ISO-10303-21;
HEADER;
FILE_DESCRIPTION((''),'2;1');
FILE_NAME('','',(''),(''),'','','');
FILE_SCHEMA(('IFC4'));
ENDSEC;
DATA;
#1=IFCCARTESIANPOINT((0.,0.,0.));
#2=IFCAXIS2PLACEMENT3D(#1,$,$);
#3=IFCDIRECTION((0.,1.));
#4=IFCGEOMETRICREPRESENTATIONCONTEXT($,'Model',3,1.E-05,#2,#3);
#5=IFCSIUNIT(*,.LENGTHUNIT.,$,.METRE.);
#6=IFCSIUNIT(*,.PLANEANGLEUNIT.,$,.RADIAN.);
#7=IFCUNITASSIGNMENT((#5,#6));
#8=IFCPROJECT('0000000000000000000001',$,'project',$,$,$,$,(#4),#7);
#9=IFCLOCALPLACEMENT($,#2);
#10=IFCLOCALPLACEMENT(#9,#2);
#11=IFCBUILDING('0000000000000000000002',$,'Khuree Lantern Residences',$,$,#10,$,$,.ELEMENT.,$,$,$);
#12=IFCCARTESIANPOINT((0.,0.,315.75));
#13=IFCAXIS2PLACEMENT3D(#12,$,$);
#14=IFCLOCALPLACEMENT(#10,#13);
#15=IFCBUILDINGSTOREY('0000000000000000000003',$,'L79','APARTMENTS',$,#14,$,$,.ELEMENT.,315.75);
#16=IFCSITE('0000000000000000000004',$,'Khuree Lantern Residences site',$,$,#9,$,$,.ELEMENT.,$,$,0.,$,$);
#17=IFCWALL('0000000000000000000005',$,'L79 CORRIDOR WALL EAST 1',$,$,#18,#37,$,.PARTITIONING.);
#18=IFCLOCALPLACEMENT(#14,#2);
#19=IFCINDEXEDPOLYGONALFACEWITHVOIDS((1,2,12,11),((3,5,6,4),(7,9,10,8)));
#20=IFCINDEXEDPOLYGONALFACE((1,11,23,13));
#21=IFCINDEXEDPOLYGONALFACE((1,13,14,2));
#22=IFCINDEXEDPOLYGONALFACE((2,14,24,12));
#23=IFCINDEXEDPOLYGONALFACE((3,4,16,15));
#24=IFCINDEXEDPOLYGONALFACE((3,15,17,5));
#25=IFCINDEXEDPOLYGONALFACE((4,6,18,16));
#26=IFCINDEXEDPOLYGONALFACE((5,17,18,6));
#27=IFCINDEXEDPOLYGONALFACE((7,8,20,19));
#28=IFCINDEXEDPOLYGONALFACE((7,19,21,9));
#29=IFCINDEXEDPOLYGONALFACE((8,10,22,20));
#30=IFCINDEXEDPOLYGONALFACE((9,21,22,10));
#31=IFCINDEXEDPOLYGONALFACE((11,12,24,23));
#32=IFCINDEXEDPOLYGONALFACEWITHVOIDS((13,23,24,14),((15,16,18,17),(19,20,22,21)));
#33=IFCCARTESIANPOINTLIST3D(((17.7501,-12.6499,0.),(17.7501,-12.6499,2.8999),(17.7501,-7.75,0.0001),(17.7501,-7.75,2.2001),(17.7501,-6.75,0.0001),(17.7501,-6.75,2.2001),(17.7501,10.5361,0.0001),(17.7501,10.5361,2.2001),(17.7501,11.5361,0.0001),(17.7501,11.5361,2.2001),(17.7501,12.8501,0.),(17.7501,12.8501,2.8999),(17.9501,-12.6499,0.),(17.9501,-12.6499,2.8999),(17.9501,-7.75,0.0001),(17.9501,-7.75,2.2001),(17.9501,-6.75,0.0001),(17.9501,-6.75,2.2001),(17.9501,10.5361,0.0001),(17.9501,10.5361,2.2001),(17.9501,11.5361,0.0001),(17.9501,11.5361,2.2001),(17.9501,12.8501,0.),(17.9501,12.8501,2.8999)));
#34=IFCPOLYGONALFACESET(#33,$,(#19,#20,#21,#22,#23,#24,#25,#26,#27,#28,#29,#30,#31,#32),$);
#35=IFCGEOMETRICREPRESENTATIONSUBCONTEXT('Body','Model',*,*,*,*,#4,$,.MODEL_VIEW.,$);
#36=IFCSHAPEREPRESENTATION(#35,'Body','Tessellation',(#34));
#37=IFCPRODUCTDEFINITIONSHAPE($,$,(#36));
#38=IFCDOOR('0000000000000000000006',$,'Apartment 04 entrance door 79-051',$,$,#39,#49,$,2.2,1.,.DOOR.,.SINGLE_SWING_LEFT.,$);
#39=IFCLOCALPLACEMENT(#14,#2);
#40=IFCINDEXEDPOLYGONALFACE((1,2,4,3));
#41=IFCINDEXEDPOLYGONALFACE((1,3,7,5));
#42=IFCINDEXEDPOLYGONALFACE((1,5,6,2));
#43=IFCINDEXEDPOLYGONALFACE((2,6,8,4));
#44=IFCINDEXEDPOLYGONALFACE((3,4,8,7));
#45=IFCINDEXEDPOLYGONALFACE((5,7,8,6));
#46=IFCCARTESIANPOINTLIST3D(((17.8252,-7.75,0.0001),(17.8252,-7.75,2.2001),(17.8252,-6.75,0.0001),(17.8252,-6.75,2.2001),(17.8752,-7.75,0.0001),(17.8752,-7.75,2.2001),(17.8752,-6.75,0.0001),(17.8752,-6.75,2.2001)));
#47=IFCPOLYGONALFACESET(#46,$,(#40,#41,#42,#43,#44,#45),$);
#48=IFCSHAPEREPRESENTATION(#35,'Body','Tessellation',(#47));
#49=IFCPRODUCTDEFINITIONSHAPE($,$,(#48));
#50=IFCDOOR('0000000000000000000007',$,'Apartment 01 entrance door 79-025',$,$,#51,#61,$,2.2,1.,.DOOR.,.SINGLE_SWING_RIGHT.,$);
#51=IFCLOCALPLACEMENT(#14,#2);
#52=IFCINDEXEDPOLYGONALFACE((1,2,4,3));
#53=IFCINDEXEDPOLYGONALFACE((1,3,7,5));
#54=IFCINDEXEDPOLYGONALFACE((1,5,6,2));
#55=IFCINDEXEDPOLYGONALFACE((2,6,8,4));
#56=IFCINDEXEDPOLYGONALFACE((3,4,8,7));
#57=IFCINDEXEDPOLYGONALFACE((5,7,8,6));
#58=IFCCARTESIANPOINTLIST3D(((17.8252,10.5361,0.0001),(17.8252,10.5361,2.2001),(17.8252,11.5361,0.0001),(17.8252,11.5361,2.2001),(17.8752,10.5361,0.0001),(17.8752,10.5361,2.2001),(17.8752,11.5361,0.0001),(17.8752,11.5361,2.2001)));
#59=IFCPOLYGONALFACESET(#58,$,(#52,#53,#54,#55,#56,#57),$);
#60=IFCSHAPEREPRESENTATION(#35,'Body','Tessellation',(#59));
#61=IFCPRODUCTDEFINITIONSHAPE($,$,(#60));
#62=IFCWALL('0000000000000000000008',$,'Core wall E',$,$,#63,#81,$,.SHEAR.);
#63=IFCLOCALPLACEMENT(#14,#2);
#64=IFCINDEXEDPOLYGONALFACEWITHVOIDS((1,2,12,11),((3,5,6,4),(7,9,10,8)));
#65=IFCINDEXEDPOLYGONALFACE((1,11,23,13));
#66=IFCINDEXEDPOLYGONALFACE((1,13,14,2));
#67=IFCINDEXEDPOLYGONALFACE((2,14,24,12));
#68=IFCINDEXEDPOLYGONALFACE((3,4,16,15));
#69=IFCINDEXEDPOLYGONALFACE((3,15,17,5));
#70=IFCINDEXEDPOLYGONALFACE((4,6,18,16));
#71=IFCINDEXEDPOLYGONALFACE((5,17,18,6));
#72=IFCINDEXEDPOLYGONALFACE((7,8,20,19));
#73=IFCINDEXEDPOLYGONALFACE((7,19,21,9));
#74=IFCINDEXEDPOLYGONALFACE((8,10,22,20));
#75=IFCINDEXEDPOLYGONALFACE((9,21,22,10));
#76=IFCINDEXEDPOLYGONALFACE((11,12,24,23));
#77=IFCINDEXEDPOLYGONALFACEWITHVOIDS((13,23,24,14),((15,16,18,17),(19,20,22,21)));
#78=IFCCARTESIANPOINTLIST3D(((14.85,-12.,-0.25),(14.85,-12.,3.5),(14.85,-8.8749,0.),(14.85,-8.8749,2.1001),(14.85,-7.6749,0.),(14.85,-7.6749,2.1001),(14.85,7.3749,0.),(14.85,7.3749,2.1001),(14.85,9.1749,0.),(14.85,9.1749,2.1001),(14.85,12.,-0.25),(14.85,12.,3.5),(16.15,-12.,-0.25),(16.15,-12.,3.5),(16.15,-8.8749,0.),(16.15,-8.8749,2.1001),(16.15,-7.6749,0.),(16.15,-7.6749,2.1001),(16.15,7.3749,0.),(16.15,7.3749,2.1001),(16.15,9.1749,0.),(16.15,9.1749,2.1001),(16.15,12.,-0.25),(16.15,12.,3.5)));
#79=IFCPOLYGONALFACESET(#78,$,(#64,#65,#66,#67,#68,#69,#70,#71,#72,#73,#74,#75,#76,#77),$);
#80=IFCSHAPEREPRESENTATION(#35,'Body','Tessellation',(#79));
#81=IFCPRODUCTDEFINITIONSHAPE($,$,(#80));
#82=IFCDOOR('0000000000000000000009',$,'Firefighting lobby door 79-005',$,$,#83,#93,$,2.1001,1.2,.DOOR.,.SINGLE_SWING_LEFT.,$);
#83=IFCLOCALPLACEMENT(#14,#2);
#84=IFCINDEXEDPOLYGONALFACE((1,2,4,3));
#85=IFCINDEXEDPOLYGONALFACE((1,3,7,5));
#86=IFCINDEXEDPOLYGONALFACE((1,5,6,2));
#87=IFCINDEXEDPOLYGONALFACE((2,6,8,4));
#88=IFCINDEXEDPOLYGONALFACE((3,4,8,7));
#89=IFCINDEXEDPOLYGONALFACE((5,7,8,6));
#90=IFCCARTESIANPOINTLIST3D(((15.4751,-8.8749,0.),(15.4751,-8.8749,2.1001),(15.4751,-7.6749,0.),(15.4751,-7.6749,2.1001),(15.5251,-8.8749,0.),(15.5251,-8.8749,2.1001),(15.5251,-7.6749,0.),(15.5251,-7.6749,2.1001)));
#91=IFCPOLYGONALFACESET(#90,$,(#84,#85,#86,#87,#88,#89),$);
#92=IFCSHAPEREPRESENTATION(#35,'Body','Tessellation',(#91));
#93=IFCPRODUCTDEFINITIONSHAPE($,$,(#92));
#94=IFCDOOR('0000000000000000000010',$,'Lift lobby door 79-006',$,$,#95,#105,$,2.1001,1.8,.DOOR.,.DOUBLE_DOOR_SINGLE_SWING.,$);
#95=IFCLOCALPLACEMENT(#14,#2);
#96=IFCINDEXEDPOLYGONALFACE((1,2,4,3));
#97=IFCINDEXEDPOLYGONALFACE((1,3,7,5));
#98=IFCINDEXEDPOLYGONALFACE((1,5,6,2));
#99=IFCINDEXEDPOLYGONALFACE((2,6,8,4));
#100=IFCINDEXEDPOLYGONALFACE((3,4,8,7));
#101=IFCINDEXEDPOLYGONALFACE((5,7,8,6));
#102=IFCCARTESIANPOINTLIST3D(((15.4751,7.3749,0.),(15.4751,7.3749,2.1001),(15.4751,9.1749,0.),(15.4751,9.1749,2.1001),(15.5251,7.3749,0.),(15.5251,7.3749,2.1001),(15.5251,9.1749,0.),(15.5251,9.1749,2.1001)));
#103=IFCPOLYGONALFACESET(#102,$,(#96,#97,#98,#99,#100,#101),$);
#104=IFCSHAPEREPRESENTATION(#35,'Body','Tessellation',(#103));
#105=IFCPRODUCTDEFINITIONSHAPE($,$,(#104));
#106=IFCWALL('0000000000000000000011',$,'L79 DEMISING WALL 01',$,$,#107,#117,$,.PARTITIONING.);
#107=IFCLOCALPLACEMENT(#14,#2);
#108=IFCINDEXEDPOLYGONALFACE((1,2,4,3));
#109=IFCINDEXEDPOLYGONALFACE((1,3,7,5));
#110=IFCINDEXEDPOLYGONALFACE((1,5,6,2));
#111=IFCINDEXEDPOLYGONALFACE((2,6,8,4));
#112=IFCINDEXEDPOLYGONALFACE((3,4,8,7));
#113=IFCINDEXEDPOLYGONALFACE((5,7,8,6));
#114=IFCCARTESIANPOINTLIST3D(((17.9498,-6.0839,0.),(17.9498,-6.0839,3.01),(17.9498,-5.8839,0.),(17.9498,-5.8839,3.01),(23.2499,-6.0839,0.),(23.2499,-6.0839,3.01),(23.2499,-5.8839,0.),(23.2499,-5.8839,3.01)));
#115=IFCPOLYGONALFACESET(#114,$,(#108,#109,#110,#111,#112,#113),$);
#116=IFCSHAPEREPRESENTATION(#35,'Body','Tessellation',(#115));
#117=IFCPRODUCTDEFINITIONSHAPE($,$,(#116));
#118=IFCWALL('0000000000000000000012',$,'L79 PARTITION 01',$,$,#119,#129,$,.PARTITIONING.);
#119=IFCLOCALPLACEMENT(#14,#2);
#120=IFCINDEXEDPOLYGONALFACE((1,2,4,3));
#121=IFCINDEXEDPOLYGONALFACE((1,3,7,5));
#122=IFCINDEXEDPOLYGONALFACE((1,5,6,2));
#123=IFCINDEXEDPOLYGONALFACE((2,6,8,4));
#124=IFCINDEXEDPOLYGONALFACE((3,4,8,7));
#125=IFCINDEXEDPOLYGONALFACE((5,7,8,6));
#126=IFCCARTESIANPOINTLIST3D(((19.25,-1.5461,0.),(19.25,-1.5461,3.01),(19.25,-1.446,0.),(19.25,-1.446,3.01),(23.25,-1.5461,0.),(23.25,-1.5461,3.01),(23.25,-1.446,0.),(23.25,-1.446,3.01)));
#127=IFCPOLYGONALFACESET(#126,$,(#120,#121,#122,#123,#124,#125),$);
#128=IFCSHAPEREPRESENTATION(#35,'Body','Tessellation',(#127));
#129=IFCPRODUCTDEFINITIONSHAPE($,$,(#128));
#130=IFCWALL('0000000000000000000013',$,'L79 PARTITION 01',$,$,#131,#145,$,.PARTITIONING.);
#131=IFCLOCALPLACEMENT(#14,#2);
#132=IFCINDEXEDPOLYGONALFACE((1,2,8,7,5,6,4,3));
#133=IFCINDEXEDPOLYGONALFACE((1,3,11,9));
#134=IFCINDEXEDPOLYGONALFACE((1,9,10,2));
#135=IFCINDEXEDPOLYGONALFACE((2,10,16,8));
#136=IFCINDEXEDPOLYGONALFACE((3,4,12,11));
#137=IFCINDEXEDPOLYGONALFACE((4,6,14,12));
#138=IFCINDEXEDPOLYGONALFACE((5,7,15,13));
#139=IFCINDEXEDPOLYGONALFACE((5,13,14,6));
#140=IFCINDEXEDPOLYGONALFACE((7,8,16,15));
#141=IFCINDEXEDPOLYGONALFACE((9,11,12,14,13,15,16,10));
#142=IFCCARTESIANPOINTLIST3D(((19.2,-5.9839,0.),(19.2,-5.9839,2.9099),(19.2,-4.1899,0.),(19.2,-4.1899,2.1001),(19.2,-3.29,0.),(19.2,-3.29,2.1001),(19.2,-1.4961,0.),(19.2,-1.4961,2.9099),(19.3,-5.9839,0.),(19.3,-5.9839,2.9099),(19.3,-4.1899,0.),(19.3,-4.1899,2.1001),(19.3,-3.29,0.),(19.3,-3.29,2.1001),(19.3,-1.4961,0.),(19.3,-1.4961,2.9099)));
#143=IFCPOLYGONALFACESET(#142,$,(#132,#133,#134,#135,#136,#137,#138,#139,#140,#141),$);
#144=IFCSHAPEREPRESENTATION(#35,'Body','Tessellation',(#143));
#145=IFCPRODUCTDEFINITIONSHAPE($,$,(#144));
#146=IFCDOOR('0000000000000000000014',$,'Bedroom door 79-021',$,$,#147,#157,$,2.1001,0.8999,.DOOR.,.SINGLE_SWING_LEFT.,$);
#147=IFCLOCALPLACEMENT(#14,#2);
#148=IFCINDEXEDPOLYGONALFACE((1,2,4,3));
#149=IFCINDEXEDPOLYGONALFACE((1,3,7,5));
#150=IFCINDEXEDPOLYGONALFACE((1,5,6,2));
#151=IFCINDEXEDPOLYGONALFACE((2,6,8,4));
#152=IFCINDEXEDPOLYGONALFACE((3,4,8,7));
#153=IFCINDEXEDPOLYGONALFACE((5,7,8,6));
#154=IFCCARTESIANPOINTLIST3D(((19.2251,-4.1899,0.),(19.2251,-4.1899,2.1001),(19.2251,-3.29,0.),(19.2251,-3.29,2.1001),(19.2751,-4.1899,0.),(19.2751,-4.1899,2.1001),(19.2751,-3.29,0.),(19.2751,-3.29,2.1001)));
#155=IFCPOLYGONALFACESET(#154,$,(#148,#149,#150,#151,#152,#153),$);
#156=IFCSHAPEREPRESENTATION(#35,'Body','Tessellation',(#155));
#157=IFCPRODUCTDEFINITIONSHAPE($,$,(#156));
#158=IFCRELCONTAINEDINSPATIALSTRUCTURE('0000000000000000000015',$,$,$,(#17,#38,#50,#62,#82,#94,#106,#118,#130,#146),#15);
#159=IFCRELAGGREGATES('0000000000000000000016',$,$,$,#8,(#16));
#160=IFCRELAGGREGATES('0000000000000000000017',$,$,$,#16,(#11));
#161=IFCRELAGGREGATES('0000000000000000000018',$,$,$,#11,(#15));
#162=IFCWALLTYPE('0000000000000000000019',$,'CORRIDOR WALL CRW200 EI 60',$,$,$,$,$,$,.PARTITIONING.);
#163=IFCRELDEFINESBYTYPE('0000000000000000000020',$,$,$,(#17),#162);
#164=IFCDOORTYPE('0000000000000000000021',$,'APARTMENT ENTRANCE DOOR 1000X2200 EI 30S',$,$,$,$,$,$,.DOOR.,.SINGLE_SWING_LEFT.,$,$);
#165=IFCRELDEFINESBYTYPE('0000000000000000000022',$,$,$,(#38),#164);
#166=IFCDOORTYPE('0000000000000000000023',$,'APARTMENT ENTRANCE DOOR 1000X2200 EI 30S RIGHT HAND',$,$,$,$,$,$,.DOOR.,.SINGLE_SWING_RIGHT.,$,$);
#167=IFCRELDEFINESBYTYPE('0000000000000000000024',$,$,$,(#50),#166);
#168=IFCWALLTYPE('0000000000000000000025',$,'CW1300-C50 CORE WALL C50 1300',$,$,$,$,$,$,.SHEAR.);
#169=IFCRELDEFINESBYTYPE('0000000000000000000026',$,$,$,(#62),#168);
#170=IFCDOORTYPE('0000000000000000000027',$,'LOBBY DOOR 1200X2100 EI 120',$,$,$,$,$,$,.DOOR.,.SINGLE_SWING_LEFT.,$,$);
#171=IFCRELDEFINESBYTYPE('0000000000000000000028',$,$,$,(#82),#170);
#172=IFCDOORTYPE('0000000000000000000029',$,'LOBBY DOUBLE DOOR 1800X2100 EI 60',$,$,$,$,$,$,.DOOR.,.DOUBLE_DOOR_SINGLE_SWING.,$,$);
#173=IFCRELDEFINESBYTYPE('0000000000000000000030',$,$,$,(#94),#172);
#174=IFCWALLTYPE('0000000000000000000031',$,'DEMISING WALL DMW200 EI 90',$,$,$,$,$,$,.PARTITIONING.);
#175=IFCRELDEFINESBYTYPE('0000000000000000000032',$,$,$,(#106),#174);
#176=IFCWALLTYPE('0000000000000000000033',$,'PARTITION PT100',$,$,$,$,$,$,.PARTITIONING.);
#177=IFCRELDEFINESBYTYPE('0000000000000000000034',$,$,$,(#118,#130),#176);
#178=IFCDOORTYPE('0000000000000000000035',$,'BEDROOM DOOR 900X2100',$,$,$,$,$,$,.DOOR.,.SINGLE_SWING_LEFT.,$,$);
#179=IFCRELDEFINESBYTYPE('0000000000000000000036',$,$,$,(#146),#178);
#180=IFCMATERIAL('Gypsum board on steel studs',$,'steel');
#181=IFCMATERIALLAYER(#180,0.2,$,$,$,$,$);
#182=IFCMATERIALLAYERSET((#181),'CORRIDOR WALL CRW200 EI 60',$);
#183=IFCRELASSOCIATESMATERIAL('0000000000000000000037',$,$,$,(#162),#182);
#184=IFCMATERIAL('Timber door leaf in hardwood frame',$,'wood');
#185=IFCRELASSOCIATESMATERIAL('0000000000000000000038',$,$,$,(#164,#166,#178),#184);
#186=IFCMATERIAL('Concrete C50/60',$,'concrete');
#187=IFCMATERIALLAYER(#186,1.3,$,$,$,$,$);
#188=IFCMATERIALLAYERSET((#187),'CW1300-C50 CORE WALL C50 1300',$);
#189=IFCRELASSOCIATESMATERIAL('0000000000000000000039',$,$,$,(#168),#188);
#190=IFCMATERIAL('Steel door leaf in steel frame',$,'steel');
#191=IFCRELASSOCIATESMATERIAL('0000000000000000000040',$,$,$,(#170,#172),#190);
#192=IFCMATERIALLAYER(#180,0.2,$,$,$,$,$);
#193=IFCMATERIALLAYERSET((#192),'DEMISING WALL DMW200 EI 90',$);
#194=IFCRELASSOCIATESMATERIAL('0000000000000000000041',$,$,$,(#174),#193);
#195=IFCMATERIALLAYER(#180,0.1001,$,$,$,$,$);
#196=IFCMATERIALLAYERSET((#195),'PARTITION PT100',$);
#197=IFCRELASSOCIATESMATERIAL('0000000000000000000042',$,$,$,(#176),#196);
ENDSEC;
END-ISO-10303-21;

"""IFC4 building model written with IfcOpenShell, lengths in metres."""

from ifc_helpers import new_model, si_unit, direction, frame, frame_2d, origin, place, context, subcontext, project, spatial, rectangle, extrude, material, layer, layer_set, type_object, element, fill, save


model = new_model("IFC4")

# Units and contexts
model_context = context("Model", 3, precision=1e-05, world=origin(), true_north=direction((0.0, 1.0)))
body_context = subcontext(model_context, "Body", "Model", "MODEL_VIEW")
ifc_project = project(units=[si_unit("LENGTHUNIT", "METRE"), si_unit("PLANEANGLEUNIT", "RADIAN")], contexts=[model_context])

# Site, building, storey
site_placement = place(None, origin())
site = spatial("IfcSite", under=ifc_project, at=site_placement, Name="Khuree Lantern Residences site", CompositionType="ELEMENT", RefElevation=0.0)
building_placement = place(site_placement, origin())
building = spatial("IfcBuilding", under=site, at=building_placement, Name="Khuree Lantern Residences", CompositionType="ELEMENT")
storey_placement = place(building_placement, frame((0.0, 0.0, 315.75)))
storey = spatial("IfcBuildingStorey", under=building, at=storey_placement, Name="L79", Description="APARTMENTS", CompositionType="ELEMENT", Elevation=315.75)

# Shared definitions
ifc_material_1 = material(Name="Concrete C50/60", Category="concrete")

# Shared definitions
ifc_material_2 = material(Name="Gypsum board on steel studs", Category="steel")
ifc_layer_1 = layer(ifc_material_2, 0.2)
ifc_layer_set_1 = layer_set([ifc_layer_1], Name="CORRIDOR WALL CRW200 EI 60")
wall_type_1 = type_object("IfcWallType", Name="CORRIDOR WALL CRW200 EI 60", PredefinedType="PARTITIONING", material=ifc_layer_set_1)

# Walls, openings, doors
wall_1_placement = place(storey_placement, frame((17.8501, -12.6499, 0.0), z_axis=(0.0, 0.0, 1.0), x_axis=(0.0, 1.0, 0.0)))
wall_1 = element("IfcWall", 1, at=wall_1_placement, inside=storey, type_object=wall_type_1, Name="L79 CORRIDOR WALL EAST 1", PredefinedType="PARTITIONING", context=body_context, shape_type="SweptSolid", body=[
    extrude(rectangle(XDim=25.5, YDim=0.2, at=frame_2d((12.75, 0.0))), origin(), (0.0, 0.0, 1.0), 2.8999),
])
opening_1_placement = place(wall_1_placement, frame((23.186, 0.0, 0.0)))
opening_1 = element("IfcOpeningElement", 2, at=opening_1_placement, cuts=wall_1, PredefinedType="OPENING", context=body_context, shape_type="SweptSolid", body=[
    extrude(rectangle(XDim=1.0, YDim=2.2, at=frame_2d((0.5, 1.1001))), frame((0.0, 0.1099, 0.0), z_axis=(0.0, -1.0, 0.0), x_axis=(1.0, 0.0, 0.0)), (0.0, 0.0, 1.0), 0.22),
])
opening_2_placement = place(wall_1_placement, frame((4.8999, 0.0, 0.0)))
opening_2 = element("IfcOpeningElement", 3, at=opening_2_placement, cuts=wall_1, PredefinedType="OPENING", context=body_context, shape_type="SweptSolid", body=[
    extrude(rectangle(XDim=1.0, YDim=2.2, at=frame_2d((0.5, 1.1001))), frame((0.0, 0.1099, 0.0), z_axis=(0.0, -1.0, 0.0), x_axis=(1.0, 0.0, 0.0)), (0.0, 0.0, 1.0), 0.22),
])
ifc_material_3 = material(Name="Timber door leaf in hardwood frame", Category="wood")
door_type_1 = type_object("IfcDoorType", Name="APARTMENT ENTRANCE DOOR 1000X2200 EI 30S", OperationType="SINGLE_SWING_LEFT", PredefinedType="DOOR", material=ifc_material_3)
door_1_placement = place(opening_2_placement, origin())
door_1 = element("IfcDoor", 4, at=door_1_placement, inside=storey, type_object=door_type_1, Name="Apartment 04 entrance door 79-051", OperationType="SINGLE_SWING_LEFT", OverallHeight=2.2, OverallWidth=1.0, PredefinedType="DOOR", context=body_context, shape_type="SweptSolid", body=[
    extrude(rectangle(XDim=1.0, YDim=2.2, at=frame_2d((0.5, 1.1001))), frame((0.0, 0.0249, 0.0), z_axis=(0.0, -1.0, 0.0), x_axis=(1.0, 0.0, 0.0)), (0.0, 0.0, 1.0), 0.05),
])
fill(opening_2, door_1)
door_type_2 = type_object("IfcDoorType", Name="APARTMENT ENTRANCE DOOR 1000X2200 EI 30S RIGHT HAND", OperationType="SINGLE_SWING_RIGHT", PredefinedType="DOOR", material=ifc_material_3)
door_2_placement = place(opening_1_placement, origin())
door_2 = element("IfcDoor", 5, at=door_2_placement, inside=storey, type_object=door_type_2, Name="Apartment 01 entrance door 79-025", OperationType="SINGLE_SWING_RIGHT", OverallHeight=2.2, OverallWidth=1.0, PredefinedType="DOOR", context=body_context, shape_type="SweptSolid", body=[
    extrude(rectangle(XDim=1.0, YDim=2.2, at=frame_2d((0.5, 1.1001))), frame((0.0, 0.0249, 0.0), z_axis=(0.0, -1.0, 0.0), x_axis=(1.0, 0.0, 0.0)), (0.0, 0.0, 1.0), 0.05),
])
fill(opening_1, door_2)
ifc_layer_2 = layer(ifc_material_1, 1.3)
ifc_layer_set_2 = layer_set([ifc_layer_2], Name="CW1300-C50 CORE WALL C50 1300")
wall_type_2 = type_object("IfcWallType", Name="CW1300-C50 CORE WALL C50 1300", PredefinedType="SHEAR", material=ifc_layer_set_2)
wall_2_placement = place(storey_placement, frame((15.5, -12.0, -0.25), z_axis=(0.0, 0.0, 1.0), x_axis=(0.0, 1.0, 0.0)))
wall_2 = element("IfcWall", 6, at=wall_2_placement, inside=storey, type_object=wall_type_2, Name="Core wall E", PredefinedType="SHEAR", context=body_context, shape_type="SweptSolid", body=[
    extrude(rectangle(XDim=24.0, YDim=1.3, at=frame_2d((12.0, 0.0))), origin(), (0.0, 0.0, 1.0), 3.75),
])
opening_3_placement = place(wall_2_placement, frame((3.125, 0.0, 0.25)))
opening_3 = element("IfcOpeningElement", 7, at=opening_3_placement, cuts=wall_2, PredefinedType="OPENING", context=body_context, shape_type="SweptSolid", body=[
    extrude(rectangle(XDim=1.2, YDim=2.1001, at=frame_2d((0.6001, 1.05))), frame((0.0, 0.6602, 0.0), z_axis=(0.0, -1.0, 0.0), x_axis=(1.0, 0.0, 0.0)), (0.0, 0.0, 1.0), 1.3201),
])
opening_4_placement = place(wall_2_placement, frame((19.375, 0.0, 0.25)))
opening_4 = element("IfcOpeningElement", 8, at=opening_4_placement, cuts=wall_2, PredefinedType="OPENING", context=body_context, shape_type="SweptSolid", body=[
    extrude(rectangle(XDim=1.8, YDim=2.1001, at=frame_2d((0.8999, 1.05))), frame((0.0, 0.6602, 0.0), z_axis=(0.0, -1.0, 0.0), x_axis=(1.0, 0.0, 0.0)), (0.0, 0.0, 1.0), 1.3201),
])
ifc_material_4 = material(Name="Steel door leaf in steel frame", Category="steel")
door_type_3 = type_object("IfcDoorType", Name="LOBBY DOOR 1200X2100 EI 120", OperationType="SINGLE_SWING_LEFT", PredefinedType="DOOR", material=ifc_material_4)
door_3_placement = place(opening_3_placement, origin())
door_3 = element("IfcDoor", 9, at=door_3_placement, inside=storey, type_object=door_type_3, Name="Firefighting lobby door 79-005", OperationType="SINGLE_SWING_LEFT", OverallHeight=2.1001, OverallWidth=1.2, PredefinedType="DOOR", context=body_context, shape_type="SweptSolid", body=[
    extrude(rectangle(XDim=1.2, YDim=2.1001, at=frame_2d((0.6001, 1.05))), frame((0.0, 0.0249, 0.0), z_axis=(0.0, -1.0, 0.0), x_axis=(1.0, 0.0, 0.0)), (0.0, 0.0, 1.0), 0.05),
])
fill(opening_3, door_3)
door_type_4 = type_object("IfcDoorType", Name="LOBBY DOUBLE DOOR 1800X2100 EI 60", OperationType="DOUBLE_DOOR_SINGLE_SWING", PredefinedType="DOOR", material=ifc_material_4)
door_4_placement = place(opening_4_placement, origin())
door_4 = element("IfcDoor", 10, at=door_4_placement, inside=storey, type_object=door_type_4, Name="Lift lobby door 79-006", OperationType="DOUBLE_DOOR_SINGLE_SWING", OverallHeight=2.1001, OverallWidth=1.8, PredefinedType="DOOR", context=body_context, shape_type="SweptSolid", body=[
    extrude(rectangle(XDim=1.8, YDim=2.1001, at=frame_2d((0.8999, 1.05))), frame((0.0, 0.0249, 0.0), z_axis=(0.0, -1.0, 0.0), x_axis=(1.0, 0.0, 0.0)), (0.0, 0.0, 1.0), 0.05),
])
fill(opening_4, door_4)

# Walls
ifc_layer_3 = layer(ifc_material_2, 0.2)
ifc_layer_set_3 = layer_set([ifc_layer_3], Name="DEMISING WALL DMW200 EI 90")
wall_type_3 = type_object("IfcWallType", Name="DEMISING WALL DMW200 EI 90", PredefinedType="PARTITIONING", material=ifc_layer_set_3)
wall_3_placement = place(storey_placement, frame((17.95, -5.9839, 0.0), z_axis=(0.0, 0.0, 1.0), x_axis=(1.0, 0.0, 0.0)))
element("IfcWall", 11, at=wall_3_placement, inside=storey, type_object=wall_type_3, Name="L79 DEMISING WALL 01", PredefinedType="PARTITIONING", context=body_context, shape_type="SweptSolid", body=[
    extrude(rectangle(XDim=5.3, YDim=0.2, at=frame_2d((2.6499, 0.0))), origin(), (0.0, 0.0, 1.0), 3.01),
])
ifc_layer_4 = layer(ifc_material_2, 0.1001)
ifc_layer_set_4 = layer_set([ifc_layer_4], Name="PARTITION PT100")
wall_type_4 = type_object("IfcWallType", Name="PARTITION PT100", PredefinedType="PARTITIONING", material=ifc_layer_set_4)
wall_4_placement = place(storey_placement, frame((19.25, -1.4961, 0.0), z_axis=(0.0, 0.0, 1.0), x_axis=(1.0, 0.0, 0.0)))
element("IfcWall", 12, at=wall_4_placement, inside=storey, type_object=wall_type_4, Name="L79 PARTITION 01", PredefinedType="PARTITIONING", context=body_context, shape_type="SweptSolid", body=[
    extrude(rectangle(XDim=4.0, YDim=0.1001, at=frame_2d((2.0, 0.0))), origin(), (0.0, 0.0, 1.0), 3.01),
])

# Wall, opening, door
wall_5_placement = place(storey_placement, frame((19.25, -5.9839, 0.0), z_axis=(0.0, 0.0, 1.0), x_axis=(0.0, 1.0, 0.0)))
wall_5 = element("IfcWall", 13, at=wall_5_placement, inside=storey, type_object=wall_type_4, Name="L79 PARTITION 01", PredefinedType="PARTITIONING", context=body_context, shape_type="SweptSolid", body=[
    extrude(rectangle(XDim=4.4878, YDim=0.1001, at=frame_2d((2.2439, 0.0))), origin(), (0.0, 0.0, 1.0), 2.9099),
])
opening_5_placement = place(wall_5_placement, frame((1.7939, 0.0, 0.0)))
opening_5 = element("IfcOpeningElement", 14, at=opening_5_placement, cuts=wall_5, PredefinedType="OPENING", context=body_context, shape_type="SweptSolid", body=[
    extrude(rectangle(XDim=0.8999, YDim=2.1001, at=frame_2d((0.45, 1.05))), frame((0.0, 0.0601, 0.0), z_axis=(0.0, -1.0, 0.0), x_axis=(1.0, 0.0, 0.0)), (0.0, 0.0, 1.0), 0.1201),
])
door_type_5 = type_object("IfcDoorType", Name="BEDROOM DOOR 900X2100", OperationType="SINGLE_SWING_LEFT", PredefinedType="DOOR", material=ifc_material_3)
door_5_placement = place(opening_5_placement, origin())
door_5 = element("IfcDoor", 15, at=door_5_placement, inside=storey, type_object=door_type_5, Name="Bedroom door 79-021", OperationType="SINGLE_SWING_LEFT", OverallHeight=2.1001, OverallWidth=0.8999, PredefinedType="DOOR", context=body_context, shape_type="SweptSolid", body=[
    extrude(rectangle(XDim=0.8999, YDim=2.1001, at=frame_2d((0.45, 1.05))), frame((0.0, 0.0249, 0.0), z_axis=(0.0, -1.0, 0.0), x_axis=(1.0, 0.0, 0.0)), (0.0, 0.0, 1.0), 0.05),
])
fill(opening_5, door_5)

save(model, "model.ifc")
